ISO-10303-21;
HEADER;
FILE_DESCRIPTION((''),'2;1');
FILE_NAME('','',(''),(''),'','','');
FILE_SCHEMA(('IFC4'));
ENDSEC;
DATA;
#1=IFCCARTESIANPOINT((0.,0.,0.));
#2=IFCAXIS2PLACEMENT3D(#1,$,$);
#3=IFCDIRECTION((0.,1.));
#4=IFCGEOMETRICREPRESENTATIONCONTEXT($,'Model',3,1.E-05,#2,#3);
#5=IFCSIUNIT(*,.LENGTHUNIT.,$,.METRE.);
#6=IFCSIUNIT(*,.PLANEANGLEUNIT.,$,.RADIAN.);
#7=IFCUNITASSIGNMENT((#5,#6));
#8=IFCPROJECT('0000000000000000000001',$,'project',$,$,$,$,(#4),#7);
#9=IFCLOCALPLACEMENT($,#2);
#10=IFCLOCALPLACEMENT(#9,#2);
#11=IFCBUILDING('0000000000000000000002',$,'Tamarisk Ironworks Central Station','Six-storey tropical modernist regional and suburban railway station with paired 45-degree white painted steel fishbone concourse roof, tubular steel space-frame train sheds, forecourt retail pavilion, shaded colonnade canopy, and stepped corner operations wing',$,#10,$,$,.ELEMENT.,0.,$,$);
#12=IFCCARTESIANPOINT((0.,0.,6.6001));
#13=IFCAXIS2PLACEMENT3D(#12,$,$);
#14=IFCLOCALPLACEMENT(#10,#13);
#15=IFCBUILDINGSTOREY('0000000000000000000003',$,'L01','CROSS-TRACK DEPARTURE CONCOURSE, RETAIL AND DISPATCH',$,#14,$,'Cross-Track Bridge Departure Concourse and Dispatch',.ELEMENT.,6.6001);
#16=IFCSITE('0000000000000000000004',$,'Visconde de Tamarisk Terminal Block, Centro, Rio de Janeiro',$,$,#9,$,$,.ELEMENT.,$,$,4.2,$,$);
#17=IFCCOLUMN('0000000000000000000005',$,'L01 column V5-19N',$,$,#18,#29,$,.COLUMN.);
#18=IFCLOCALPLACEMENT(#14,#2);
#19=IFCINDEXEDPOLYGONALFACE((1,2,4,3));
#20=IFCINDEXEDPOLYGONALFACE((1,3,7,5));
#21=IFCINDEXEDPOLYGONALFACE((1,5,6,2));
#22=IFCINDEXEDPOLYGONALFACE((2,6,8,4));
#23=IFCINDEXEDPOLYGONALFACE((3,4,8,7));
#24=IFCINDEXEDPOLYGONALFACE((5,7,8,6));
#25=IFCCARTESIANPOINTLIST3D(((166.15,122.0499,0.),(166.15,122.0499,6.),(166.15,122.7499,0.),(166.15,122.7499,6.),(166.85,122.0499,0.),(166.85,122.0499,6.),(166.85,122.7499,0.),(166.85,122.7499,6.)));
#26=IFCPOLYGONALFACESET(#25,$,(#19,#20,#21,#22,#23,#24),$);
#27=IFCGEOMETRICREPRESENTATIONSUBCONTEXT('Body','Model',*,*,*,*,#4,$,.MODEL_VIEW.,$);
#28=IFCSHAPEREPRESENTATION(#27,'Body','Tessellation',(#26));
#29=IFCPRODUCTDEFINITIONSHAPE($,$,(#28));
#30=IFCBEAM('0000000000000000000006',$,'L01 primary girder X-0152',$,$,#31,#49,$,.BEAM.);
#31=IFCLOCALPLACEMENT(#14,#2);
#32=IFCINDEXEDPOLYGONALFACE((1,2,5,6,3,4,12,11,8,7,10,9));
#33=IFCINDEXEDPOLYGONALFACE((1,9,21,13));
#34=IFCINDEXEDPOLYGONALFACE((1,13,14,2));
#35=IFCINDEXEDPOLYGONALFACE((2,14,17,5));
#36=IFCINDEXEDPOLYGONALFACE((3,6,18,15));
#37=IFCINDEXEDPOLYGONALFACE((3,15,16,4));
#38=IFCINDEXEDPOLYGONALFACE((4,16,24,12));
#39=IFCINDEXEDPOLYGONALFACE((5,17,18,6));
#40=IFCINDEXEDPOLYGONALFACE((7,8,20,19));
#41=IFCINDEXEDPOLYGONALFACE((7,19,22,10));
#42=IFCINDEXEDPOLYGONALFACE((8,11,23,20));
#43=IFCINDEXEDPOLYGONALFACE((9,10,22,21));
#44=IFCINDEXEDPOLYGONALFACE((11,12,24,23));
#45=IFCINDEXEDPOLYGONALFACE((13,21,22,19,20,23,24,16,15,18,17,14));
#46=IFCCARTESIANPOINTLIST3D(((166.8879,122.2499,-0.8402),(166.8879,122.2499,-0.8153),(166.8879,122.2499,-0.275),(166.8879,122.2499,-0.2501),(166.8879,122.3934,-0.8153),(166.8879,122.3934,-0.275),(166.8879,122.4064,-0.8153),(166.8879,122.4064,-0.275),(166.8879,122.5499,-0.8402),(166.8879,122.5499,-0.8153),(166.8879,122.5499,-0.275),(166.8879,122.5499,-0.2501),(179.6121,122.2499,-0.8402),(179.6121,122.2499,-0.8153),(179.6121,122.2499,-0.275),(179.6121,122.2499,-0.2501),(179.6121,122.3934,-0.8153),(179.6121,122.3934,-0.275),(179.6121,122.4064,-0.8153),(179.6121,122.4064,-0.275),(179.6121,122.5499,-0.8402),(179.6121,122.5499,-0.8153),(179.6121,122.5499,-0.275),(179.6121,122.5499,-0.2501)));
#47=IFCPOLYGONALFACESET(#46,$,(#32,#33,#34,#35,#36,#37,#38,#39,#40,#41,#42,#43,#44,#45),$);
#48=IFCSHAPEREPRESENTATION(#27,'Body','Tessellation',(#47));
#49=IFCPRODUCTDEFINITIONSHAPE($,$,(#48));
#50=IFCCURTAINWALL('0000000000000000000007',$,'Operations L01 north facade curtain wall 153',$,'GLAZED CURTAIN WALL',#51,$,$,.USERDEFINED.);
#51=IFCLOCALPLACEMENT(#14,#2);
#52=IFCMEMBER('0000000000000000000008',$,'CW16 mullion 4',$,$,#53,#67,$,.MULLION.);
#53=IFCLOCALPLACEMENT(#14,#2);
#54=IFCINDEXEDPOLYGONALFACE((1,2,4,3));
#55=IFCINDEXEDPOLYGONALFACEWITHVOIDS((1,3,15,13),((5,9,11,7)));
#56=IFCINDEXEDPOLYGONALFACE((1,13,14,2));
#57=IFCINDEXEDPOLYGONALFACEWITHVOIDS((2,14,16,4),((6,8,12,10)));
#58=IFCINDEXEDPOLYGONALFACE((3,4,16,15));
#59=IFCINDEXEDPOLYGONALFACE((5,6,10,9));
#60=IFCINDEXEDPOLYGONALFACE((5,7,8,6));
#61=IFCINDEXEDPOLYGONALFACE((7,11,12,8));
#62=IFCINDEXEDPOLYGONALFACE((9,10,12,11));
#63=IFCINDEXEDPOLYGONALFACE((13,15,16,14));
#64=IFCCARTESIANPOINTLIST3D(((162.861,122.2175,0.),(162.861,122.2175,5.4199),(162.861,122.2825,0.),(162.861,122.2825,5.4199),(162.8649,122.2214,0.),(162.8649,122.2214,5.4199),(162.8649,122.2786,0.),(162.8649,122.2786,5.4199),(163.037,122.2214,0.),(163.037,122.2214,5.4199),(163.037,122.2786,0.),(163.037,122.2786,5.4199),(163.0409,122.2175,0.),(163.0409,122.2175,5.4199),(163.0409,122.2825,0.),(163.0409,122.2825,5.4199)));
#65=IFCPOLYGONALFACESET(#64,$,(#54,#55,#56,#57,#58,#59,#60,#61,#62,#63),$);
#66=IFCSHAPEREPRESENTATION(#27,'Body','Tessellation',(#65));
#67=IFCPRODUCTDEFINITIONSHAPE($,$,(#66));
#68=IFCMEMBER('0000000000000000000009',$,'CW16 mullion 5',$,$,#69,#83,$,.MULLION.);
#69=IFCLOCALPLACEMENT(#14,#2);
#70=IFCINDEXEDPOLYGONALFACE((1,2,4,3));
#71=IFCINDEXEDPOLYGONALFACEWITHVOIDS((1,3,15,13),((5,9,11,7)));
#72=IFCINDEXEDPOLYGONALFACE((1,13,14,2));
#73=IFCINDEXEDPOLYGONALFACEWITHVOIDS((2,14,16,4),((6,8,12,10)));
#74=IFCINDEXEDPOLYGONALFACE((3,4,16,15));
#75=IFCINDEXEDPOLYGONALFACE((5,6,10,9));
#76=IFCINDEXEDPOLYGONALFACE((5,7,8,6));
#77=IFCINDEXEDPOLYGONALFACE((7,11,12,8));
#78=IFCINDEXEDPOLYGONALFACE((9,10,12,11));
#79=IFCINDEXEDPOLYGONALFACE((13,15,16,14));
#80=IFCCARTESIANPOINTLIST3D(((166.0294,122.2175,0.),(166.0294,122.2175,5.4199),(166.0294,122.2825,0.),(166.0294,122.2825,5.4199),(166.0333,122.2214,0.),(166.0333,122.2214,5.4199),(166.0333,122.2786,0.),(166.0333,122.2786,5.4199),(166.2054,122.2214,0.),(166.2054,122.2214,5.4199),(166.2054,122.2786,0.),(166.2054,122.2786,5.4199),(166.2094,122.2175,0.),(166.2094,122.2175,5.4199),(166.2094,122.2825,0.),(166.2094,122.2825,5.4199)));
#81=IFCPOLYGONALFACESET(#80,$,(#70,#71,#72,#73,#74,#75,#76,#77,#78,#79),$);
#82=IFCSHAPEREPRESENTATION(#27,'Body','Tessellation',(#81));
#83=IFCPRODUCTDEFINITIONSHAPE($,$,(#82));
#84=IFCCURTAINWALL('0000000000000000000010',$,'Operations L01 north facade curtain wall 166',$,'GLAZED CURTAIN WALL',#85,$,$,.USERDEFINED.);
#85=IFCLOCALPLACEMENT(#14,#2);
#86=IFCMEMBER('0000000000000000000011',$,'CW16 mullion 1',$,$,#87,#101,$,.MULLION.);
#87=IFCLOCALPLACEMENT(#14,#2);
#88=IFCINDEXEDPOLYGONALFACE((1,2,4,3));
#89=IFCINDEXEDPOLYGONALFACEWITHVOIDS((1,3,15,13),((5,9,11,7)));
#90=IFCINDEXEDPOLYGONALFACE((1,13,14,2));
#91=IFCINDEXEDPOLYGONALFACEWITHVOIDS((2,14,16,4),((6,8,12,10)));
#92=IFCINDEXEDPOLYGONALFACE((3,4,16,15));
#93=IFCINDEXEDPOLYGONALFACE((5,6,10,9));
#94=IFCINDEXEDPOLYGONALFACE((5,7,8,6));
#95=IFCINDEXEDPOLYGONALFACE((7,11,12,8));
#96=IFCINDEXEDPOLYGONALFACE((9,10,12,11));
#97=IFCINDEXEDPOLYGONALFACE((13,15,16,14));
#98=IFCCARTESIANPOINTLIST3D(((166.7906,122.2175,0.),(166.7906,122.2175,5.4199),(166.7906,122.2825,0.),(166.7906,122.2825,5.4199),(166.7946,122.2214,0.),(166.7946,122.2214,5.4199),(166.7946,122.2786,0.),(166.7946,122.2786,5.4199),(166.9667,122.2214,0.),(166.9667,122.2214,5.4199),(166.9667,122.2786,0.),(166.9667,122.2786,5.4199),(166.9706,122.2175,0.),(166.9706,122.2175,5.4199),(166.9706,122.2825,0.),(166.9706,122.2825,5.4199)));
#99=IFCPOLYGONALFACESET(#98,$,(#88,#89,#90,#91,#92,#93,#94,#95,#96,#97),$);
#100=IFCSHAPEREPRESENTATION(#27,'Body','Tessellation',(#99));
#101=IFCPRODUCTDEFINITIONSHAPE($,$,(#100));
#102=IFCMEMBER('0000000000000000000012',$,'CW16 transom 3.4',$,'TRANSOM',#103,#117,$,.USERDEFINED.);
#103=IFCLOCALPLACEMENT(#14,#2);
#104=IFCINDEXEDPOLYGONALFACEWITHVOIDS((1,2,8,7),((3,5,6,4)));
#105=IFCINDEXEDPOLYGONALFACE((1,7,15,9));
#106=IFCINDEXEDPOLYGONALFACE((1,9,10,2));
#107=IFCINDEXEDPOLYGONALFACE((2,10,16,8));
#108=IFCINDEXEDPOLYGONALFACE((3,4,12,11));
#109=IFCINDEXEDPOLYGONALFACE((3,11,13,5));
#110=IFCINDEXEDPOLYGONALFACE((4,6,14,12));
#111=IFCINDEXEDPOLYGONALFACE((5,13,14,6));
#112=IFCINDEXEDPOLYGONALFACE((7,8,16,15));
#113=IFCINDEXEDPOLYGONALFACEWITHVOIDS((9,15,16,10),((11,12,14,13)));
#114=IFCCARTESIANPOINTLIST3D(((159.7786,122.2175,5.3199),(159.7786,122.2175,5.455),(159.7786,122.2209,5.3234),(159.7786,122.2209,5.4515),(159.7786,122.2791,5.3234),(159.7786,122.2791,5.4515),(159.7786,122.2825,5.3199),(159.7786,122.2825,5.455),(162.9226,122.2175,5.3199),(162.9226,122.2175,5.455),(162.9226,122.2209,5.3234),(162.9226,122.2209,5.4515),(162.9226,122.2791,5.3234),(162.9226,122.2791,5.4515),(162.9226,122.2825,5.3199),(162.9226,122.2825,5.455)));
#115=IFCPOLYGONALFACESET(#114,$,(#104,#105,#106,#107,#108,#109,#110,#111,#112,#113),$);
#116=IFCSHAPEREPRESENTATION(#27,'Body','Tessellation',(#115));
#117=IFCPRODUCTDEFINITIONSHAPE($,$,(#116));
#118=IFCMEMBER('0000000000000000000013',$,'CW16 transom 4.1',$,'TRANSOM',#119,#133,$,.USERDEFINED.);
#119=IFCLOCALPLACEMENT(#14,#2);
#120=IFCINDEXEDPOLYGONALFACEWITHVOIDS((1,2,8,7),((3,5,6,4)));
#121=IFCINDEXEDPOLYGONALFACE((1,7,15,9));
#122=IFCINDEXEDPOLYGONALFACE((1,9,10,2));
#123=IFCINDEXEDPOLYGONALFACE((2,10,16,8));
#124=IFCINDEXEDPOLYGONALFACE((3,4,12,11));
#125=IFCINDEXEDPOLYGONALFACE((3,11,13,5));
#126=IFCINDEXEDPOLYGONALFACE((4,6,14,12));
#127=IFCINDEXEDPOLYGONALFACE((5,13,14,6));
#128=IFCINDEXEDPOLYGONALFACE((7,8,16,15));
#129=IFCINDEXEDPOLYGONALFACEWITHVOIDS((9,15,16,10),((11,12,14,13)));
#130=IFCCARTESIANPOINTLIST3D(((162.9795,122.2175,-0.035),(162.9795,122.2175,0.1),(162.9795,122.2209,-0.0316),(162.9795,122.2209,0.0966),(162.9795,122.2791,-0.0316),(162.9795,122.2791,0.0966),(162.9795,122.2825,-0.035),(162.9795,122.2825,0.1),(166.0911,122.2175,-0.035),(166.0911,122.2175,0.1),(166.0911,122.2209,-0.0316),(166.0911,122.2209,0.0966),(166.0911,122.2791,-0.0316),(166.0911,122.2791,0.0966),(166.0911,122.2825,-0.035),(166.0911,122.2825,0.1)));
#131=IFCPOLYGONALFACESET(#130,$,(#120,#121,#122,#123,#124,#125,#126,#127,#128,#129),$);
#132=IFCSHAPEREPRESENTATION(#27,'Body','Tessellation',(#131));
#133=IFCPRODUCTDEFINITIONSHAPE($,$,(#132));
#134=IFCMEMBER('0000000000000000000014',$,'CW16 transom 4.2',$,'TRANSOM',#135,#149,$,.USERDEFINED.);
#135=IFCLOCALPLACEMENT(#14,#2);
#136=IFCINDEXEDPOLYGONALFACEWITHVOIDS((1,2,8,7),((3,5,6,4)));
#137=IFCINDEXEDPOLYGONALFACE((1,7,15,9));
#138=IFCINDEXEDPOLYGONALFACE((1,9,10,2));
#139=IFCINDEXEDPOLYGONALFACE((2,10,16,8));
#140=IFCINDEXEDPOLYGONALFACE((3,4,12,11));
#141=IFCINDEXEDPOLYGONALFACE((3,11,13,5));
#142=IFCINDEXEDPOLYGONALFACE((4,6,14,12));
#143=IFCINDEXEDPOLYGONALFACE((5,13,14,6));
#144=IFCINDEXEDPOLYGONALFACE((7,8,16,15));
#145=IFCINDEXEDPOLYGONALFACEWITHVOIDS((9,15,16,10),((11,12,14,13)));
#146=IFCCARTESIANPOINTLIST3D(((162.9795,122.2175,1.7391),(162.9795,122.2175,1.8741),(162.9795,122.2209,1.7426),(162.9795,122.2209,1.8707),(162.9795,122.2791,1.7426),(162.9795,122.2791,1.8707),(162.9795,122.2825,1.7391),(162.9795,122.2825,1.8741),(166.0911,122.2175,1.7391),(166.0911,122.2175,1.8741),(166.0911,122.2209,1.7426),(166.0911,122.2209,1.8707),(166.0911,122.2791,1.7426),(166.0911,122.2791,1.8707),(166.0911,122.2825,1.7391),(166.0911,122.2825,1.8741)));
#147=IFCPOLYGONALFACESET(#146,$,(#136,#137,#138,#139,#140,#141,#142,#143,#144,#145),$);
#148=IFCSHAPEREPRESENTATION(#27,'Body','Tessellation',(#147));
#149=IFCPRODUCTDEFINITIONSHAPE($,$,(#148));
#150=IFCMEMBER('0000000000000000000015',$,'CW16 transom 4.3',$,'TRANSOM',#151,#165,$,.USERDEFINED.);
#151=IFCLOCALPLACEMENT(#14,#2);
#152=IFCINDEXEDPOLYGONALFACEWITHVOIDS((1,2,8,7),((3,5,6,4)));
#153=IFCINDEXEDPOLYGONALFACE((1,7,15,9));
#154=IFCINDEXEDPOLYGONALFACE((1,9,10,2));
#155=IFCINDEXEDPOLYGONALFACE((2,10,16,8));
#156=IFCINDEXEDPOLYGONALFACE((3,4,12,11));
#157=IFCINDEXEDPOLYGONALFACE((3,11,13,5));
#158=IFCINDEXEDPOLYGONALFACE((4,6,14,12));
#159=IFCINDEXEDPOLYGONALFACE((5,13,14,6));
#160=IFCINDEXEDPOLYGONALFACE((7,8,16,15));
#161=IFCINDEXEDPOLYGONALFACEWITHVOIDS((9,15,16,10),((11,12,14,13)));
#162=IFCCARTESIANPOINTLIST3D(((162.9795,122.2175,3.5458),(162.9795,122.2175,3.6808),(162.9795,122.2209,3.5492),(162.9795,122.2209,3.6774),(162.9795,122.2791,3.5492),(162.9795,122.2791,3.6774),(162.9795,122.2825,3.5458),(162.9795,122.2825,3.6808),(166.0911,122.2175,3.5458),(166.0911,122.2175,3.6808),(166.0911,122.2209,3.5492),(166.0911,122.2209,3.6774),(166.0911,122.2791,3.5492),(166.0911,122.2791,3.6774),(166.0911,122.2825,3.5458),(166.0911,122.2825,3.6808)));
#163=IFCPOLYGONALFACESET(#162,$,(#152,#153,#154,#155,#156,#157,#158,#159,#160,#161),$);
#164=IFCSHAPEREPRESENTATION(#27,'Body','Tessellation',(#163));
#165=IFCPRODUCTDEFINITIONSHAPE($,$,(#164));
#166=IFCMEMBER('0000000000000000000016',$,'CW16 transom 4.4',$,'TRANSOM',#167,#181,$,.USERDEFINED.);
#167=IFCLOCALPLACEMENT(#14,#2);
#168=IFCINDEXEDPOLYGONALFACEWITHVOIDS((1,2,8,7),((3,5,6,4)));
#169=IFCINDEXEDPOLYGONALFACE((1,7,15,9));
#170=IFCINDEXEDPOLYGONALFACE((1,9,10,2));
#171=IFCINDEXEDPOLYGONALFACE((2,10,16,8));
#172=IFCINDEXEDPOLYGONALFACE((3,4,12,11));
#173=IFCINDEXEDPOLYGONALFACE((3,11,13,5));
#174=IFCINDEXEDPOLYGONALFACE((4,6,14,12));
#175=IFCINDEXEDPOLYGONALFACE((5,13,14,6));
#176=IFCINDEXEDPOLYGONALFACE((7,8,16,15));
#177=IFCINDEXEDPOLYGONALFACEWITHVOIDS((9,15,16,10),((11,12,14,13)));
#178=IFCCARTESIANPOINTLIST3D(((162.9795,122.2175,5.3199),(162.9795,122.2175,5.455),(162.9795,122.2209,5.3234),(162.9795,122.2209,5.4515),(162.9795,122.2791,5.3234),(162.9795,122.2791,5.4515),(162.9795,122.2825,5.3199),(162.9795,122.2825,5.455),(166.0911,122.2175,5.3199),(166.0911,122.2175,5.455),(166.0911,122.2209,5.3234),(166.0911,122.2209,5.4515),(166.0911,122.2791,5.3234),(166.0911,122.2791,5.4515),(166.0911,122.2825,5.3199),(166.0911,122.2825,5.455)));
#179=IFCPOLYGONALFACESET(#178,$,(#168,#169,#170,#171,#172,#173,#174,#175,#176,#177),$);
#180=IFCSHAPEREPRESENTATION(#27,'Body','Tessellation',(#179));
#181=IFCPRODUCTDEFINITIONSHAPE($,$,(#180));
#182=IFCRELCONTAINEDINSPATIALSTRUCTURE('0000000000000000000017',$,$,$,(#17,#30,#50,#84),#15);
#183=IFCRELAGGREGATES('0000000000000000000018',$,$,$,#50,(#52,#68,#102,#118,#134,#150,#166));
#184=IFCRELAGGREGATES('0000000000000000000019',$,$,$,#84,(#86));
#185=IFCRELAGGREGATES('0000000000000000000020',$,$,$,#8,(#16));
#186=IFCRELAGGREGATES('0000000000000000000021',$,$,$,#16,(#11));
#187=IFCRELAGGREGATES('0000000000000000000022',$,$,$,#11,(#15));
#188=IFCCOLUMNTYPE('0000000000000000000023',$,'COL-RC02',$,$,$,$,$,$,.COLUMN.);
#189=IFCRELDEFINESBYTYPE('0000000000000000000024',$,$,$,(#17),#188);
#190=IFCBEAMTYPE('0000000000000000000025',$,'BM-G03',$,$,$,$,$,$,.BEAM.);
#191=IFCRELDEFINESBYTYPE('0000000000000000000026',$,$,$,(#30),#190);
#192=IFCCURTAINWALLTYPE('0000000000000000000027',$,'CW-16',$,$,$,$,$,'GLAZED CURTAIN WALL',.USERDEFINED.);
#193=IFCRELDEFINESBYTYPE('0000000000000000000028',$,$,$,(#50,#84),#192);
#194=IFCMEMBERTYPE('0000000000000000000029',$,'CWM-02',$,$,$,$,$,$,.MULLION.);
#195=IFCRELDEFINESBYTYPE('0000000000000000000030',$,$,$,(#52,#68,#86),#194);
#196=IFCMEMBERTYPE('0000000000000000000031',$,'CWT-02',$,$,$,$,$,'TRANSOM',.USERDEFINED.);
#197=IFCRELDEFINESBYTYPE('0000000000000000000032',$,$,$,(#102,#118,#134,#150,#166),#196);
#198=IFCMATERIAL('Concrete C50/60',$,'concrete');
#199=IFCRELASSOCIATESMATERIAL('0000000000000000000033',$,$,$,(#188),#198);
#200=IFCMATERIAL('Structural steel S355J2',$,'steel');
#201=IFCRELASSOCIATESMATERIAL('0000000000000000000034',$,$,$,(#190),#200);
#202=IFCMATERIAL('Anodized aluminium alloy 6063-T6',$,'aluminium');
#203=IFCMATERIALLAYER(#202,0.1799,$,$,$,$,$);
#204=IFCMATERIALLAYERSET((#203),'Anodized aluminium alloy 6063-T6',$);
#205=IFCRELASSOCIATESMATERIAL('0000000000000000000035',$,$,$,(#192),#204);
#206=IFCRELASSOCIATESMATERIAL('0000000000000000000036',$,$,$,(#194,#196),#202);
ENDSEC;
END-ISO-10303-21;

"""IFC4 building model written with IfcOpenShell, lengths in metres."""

from ifc_helpers import new_model, si_unit, direction, frame, origin, origin_2d, place, context, subcontext, project, spatial, rectangle, hollow_rectangle, i_section, extrude, material, layer, layer_set, material_profile, profile_set, type_object, element, aggregate, save


model = new_model("IFC4")

# Units and contexts
model_context = context("Model", 3, precision=1e-05, world=origin(), true_north=direction((0.0, 1.0)))
body_context = subcontext(model_context, "Body", "Model", "MODEL_VIEW")
ifc_project = project(units=[si_unit("LENGTHUNIT", "METRE"), si_unit("PLANEANGLEUNIT", "RADIAN")], contexts=[model_context])

# Site, building, storey
site_placement = place(None, origin())
site = spatial("IfcSite", under=ifc_project, at=site_placement, Name="Visconde de Tamarisk Terminal Block, Centro, Rio de Janeiro", CompositionType="ELEMENT", RefElevation=4.2)
building_placement = place(site_placement, origin())
building = spatial("IfcBuilding", under=site, at=building_placement, Name="Tamarisk Ironworks Central Station", Description="Six-storey tropical modernist regional and suburban railway station with paired 45-degree white painted steel fishbone concourse roof, tubular steel space-frame train sheds, forecourt retail pavilion, shaded colonnade canopy, and stepped corner operations wing", CompositionType="ELEMENT", ElevationOfRefHeight=0.0)
storey_placement = place(building_placement, frame((0.0, 0.0, 6.6001)))
storey = spatial("IfcBuildingStorey", under=building, at=storey_placement, Name="L01", Description="CROSS-TRACK DEPARTURE CONCOURSE, RETAIL AND DISPATCH", LongName="Cross-Track Bridge Departure Concourse and Dispatch", CompositionType="ELEMENT", Elevation=6.6001)

# Column
ifc_material_1 = material(Name="Concrete C50/60", Category="concrete")
ifc_material_profile_1 = material_profile(ifc_material_1, rectangle(XDim=0.7, YDim=0.7, at=origin_2d()), Name="RC 700x700")
ifc_profile_set_1 = profile_set([ifc_material_profile_1], Name="Concrete C50/60")
column_type = type_object("IfcColumnType", Name="COL-RC02", PredefinedType="COLUMN", material=ifc_profile_set_1)
column_placement = place(storey_placement, frame((166.5, 122.3999, 0.0), z_axis=(0.0, 0.0, 1.0), x_axis=(1.0, 0.0, 0.0)))
element("IfcColumn", 1, at=column_placement, inside=storey, type_object=column_type, Name="L01 column V5-19N", PredefinedType="COLUMN", context=body_context, shape_type="SweptSolid", body=[
    extrude(rectangle(XDim=0.7, YDim=0.7, at=origin_2d()), origin(), (0.0, 0.0, 1.0), 6.0),
])

# Beam
ifc_material_2 = material(Name="Structural steel S355J2", Category="steel")
ifc_material_profile_2 = material_profile(ifc_material_2, i_section(OverallWidth=0.3, OverallDepth=0.5901, WebThickness=0.0129, FlangeThickness=0.0249, at=origin_2d()), Name="HEA 600")
ifc_profile_set_2 = profile_set([ifc_material_profile_2], Name="Structural steel S355J2")
beam_type = type_object("IfcBeamType", Name="BM-G03", PredefinedType="BEAM", material=ifc_profile_set_2)
beam_placement = place(storey_placement, frame((166.8879, 122.3999, -0.5452), z_axis=(1.0, 0.0, 0.0), x_axis=(0.0, 1.0, 0.0)))
element("IfcBeam", 2, at=beam_placement, inside=storey, type_object=beam_type, Name="L01 primary girder X-0152", PredefinedType="BEAM", context=body_context, shape_type="SweptSolid", body=[
    extrude(i_section(OverallWidth=0.3, OverallDepth=0.5901, WebThickness=0.0129, FlangeThickness=0.0249, at=origin_2d()), origin(), (0.0, 0.0, 1.0), 12.7241),
])

# Curtain wall, members
ifc_material_3 = material(Name="Anodized aluminium alloy 6063-T6", Category="aluminium")
ifc_layer_1 = layer(ifc_material_3, 0.1799)
ifc_layer_set_1 = layer_set([ifc_layer_1], Name="Anodized aluminium alloy 6063-T6")
curtain_wall_type = type_object("IfcCurtainWallType", Name="CW-16", ElementType="GLAZED CURTAIN WALL", PredefinedType="USERDEFINED", material=ifc_layer_set_1)
curtain_wall_1_placement = place(storey_placement, origin())
curtain_wall_1 = element("IfcCurtainWall", 3, at=curtain_wall_1_placement, inside=storey, type_object=curtain_wall_type, Name="Operations L01 north facade curtain wall 153", ObjectType="GLAZED CURTAIN WALL", PredefinedType="USERDEFINED")
ifc_material_profile_3 = material_profile(ifc_material_3, hollow_rectangle(XDim=0.0649, YDim=0.1799, WallThickness=0.0039, at=origin_2d()), Name="ALUM 180x65")
ifc_profile_set_3 = profile_set([ifc_material_profile_3], Name="Anodized aluminium alloy 6063-T6")
member_type_1 = type_object("IfcMemberType", Name="CWM-02", PredefinedType="MULLION", material=ifc_profile_set_3)
member_1_placement = place(storey_placement, frame((162.9509, 122.25, 0.0), z_axis=(0.0, 0.0, 1.0), x_axis=(0.0, 1.0, 0.0)))
member_1 = element("IfcMember", 4, at=member_1_placement, type_object=member_type_1, Name="CW16 mullion 4", PredefinedType="MULLION", context=body_context, shape_type="SweptSolid", body=[
    extrude(hollow_rectangle(XDim=0.0649, YDim=0.1799, WallThickness=0.0039, at=origin_2d()), origin(), (0.0, 0.0, 1.0), 5.4199),
])
member_2_placement = place(storey_placement, frame((166.1194, 122.25, 0.0), z_axis=(0.0, 0.0, 1.0), x_axis=(0.0, 1.0, 0.0)))
member_2 = element("IfcMember", 5, at=member_2_placement, type_object=member_type_1, Name="CW16 mullion 5", PredefinedType="MULLION", context=body_context, shape_type="SweptSolid", body=[
    extrude(hollow_rectangle(XDim=0.0649, YDim=0.1799, WallThickness=0.0039, at=origin_2d()), origin(), (0.0, 0.0, 1.0), 5.4199),
])

# Curtain wall, member
curtain_wall_2_placement = place(storey_placement, origin())
curtain_wall_2 = element("IfcCurtainWall", 6, at=curtain_wall_2_placement, inside=storey, type_object=curtain_wall_type, Name="Operations L01 north facade curtain wall 166", ObjectType="GLAZED CURTAIN WALL", PredefinedType="USERDEFINED")
member_3_placement = place(storey_placement, frame((166.8806, 122.25, 0.0), z_axis=(0.0, 0.0, 1.0), x_axis=(0.0, 1.0, 0.0)))
member_3 = element("IfcMember", 7, at=member_3_placement, type_object=member_type_1, Name="CW16 mullion 1", PredefinedType="MULLION", context=body_context, shape_type="SweptSolid", body=[
    extrude(hollow_rectangle(XDim=0.0649, YDim=0.1799, WallThickness=0.0039, at=origin_2d()), origin(), (0.0, 0.0, 1.0), 5.4199),
])

# Members
ifc_material_profile_4 = material_profile(ifc_material_3, hollow_rectangle(XDim=0.0649, YDim=0.135, WallThickness=0.0034, at=origin_2d()), Name="ALUM 135x65")
ifc_profile_set_4 = profile_set([ifc_material_profile_4], Name="Anodized aluminium alloy 6063-T6")
member_type_2 = type_object("IfcMemberType", Name="CWT-02", ElementType="TRANSOM", PredefinedType="USERDEFINED", material=ifc_profile_set_4)
member_4_placement = place(storey_placement, frame((159.7786, 122.25, 5.3875), z_axis=(1.0, 0.0, 0.0), x_axis=(0.0, 1.0, 0.0)))
member_4 = element("IfcMember", 8, at=member_4_placement, type_object=member_type_2, Name="CW16 transom 3.4", ObjectType="TRANSOM", PredefinedType="USERDEFINED", context=body_context, shape_type="SweptSolid", body=[
    extrude(hollow_rectangle(XDim=0.0649, YDim=0.135, WallThickness=0.0034, at=origin_2d()), origin(), (0.0, 0.0, 1.0), 3.144),
])
member_5_placement = place(storey_placement, frame((162.9795, 122.25, 0.0325), z_axis=(1.0, 0.0, 0.0), x_axis=(0.0, 1.0, 0.0)))
member_5 = element("IfcMember", 9, at=member_5_placement, type_object=member_type_2, Name="CW16 transom 4.1", ObjectType="TRANSOM", PredefinedType="USERDEFINED", context=body_context, shape_type="SweptSolid", body=[
    extrude(hollow_rectangle(XDim=0.0649, YDim=0.135, WallThickness=0.0034, at=origin_2d()), origin(), (0.0, 0.0, 1.0), 3.1116),
])
member_6_placement = place(storey_placement, frame((162.9795, 122.25, 1.8066), z_axis=(1.0, 0.0, 0.0), x_axis=(0.0, 1.0, 0.0)))
member_6 = element("IfcMember", 10, at=member_6_placement, type_object=member_type_2, Name="CW16 transom 4.2", ObjectType="TRANSOM", PredefinedType="USERDEFINED", context=body_context, shape_type="SweptSolid", body=[
    extrude(hollow_rectangle(XDim=0.0649, YDim=0.135, WallThickness=0.0034, at=origin_2d()), origin(), (0.0, 0.0, 1.0), 3.1116),
])
member_7_placement = place(storey_placement, frame((162.9795, 122.25, 3.6133), z_axis=(1.0, 0.0, 0.0), x_axis=(0.0, 1.0, 0.0)))
member_7 = element("IfcMember", 11, at=member_7_placement, type_object=member_type_2, Name="CW16 transom 4.3", ObjectType="TRANSOM", PredefinedType="USERDEFINED", context=body_context, shape_type="SweptSolid", body=[
    extrude(hollow_rectangle(XDim=0.0649, YDim=0.135, WallThickness=0.0034, at=origin_2d()), origin(), (0.0, 0.0, 1.0), 3.1116),
])
member_8_placement = place(storey_placement, frame((162.9795, 122.25, 5.3875), z_axis=(1.0, 0.0, 0.0), x_axis=(0.0, 1.0, 0.0)))
member_8 = element("IfcMember", 12, at=member_8_placement, type_object=member_type_2, Name="CW16 transom 4.4", ObjectType="TRANSOM", PredefinedType="USERDEFINED", context=body_context, shape_type="SweptSolid", body=[
    extrude(hollow_rectangle(XDim=0.0649, YDim=0.135, WallThickness=0.0034, at=origin_2d()), origin(), (0.0, 0.0, 1.0), 3.1116),
])

aggregate(curtain_wall_1, [member_1, member_2, member_4, member_5, member_6, member_7, member_8])
aggregate(curtain_wall_2, [member_3])

save(model, "model.ifc")
